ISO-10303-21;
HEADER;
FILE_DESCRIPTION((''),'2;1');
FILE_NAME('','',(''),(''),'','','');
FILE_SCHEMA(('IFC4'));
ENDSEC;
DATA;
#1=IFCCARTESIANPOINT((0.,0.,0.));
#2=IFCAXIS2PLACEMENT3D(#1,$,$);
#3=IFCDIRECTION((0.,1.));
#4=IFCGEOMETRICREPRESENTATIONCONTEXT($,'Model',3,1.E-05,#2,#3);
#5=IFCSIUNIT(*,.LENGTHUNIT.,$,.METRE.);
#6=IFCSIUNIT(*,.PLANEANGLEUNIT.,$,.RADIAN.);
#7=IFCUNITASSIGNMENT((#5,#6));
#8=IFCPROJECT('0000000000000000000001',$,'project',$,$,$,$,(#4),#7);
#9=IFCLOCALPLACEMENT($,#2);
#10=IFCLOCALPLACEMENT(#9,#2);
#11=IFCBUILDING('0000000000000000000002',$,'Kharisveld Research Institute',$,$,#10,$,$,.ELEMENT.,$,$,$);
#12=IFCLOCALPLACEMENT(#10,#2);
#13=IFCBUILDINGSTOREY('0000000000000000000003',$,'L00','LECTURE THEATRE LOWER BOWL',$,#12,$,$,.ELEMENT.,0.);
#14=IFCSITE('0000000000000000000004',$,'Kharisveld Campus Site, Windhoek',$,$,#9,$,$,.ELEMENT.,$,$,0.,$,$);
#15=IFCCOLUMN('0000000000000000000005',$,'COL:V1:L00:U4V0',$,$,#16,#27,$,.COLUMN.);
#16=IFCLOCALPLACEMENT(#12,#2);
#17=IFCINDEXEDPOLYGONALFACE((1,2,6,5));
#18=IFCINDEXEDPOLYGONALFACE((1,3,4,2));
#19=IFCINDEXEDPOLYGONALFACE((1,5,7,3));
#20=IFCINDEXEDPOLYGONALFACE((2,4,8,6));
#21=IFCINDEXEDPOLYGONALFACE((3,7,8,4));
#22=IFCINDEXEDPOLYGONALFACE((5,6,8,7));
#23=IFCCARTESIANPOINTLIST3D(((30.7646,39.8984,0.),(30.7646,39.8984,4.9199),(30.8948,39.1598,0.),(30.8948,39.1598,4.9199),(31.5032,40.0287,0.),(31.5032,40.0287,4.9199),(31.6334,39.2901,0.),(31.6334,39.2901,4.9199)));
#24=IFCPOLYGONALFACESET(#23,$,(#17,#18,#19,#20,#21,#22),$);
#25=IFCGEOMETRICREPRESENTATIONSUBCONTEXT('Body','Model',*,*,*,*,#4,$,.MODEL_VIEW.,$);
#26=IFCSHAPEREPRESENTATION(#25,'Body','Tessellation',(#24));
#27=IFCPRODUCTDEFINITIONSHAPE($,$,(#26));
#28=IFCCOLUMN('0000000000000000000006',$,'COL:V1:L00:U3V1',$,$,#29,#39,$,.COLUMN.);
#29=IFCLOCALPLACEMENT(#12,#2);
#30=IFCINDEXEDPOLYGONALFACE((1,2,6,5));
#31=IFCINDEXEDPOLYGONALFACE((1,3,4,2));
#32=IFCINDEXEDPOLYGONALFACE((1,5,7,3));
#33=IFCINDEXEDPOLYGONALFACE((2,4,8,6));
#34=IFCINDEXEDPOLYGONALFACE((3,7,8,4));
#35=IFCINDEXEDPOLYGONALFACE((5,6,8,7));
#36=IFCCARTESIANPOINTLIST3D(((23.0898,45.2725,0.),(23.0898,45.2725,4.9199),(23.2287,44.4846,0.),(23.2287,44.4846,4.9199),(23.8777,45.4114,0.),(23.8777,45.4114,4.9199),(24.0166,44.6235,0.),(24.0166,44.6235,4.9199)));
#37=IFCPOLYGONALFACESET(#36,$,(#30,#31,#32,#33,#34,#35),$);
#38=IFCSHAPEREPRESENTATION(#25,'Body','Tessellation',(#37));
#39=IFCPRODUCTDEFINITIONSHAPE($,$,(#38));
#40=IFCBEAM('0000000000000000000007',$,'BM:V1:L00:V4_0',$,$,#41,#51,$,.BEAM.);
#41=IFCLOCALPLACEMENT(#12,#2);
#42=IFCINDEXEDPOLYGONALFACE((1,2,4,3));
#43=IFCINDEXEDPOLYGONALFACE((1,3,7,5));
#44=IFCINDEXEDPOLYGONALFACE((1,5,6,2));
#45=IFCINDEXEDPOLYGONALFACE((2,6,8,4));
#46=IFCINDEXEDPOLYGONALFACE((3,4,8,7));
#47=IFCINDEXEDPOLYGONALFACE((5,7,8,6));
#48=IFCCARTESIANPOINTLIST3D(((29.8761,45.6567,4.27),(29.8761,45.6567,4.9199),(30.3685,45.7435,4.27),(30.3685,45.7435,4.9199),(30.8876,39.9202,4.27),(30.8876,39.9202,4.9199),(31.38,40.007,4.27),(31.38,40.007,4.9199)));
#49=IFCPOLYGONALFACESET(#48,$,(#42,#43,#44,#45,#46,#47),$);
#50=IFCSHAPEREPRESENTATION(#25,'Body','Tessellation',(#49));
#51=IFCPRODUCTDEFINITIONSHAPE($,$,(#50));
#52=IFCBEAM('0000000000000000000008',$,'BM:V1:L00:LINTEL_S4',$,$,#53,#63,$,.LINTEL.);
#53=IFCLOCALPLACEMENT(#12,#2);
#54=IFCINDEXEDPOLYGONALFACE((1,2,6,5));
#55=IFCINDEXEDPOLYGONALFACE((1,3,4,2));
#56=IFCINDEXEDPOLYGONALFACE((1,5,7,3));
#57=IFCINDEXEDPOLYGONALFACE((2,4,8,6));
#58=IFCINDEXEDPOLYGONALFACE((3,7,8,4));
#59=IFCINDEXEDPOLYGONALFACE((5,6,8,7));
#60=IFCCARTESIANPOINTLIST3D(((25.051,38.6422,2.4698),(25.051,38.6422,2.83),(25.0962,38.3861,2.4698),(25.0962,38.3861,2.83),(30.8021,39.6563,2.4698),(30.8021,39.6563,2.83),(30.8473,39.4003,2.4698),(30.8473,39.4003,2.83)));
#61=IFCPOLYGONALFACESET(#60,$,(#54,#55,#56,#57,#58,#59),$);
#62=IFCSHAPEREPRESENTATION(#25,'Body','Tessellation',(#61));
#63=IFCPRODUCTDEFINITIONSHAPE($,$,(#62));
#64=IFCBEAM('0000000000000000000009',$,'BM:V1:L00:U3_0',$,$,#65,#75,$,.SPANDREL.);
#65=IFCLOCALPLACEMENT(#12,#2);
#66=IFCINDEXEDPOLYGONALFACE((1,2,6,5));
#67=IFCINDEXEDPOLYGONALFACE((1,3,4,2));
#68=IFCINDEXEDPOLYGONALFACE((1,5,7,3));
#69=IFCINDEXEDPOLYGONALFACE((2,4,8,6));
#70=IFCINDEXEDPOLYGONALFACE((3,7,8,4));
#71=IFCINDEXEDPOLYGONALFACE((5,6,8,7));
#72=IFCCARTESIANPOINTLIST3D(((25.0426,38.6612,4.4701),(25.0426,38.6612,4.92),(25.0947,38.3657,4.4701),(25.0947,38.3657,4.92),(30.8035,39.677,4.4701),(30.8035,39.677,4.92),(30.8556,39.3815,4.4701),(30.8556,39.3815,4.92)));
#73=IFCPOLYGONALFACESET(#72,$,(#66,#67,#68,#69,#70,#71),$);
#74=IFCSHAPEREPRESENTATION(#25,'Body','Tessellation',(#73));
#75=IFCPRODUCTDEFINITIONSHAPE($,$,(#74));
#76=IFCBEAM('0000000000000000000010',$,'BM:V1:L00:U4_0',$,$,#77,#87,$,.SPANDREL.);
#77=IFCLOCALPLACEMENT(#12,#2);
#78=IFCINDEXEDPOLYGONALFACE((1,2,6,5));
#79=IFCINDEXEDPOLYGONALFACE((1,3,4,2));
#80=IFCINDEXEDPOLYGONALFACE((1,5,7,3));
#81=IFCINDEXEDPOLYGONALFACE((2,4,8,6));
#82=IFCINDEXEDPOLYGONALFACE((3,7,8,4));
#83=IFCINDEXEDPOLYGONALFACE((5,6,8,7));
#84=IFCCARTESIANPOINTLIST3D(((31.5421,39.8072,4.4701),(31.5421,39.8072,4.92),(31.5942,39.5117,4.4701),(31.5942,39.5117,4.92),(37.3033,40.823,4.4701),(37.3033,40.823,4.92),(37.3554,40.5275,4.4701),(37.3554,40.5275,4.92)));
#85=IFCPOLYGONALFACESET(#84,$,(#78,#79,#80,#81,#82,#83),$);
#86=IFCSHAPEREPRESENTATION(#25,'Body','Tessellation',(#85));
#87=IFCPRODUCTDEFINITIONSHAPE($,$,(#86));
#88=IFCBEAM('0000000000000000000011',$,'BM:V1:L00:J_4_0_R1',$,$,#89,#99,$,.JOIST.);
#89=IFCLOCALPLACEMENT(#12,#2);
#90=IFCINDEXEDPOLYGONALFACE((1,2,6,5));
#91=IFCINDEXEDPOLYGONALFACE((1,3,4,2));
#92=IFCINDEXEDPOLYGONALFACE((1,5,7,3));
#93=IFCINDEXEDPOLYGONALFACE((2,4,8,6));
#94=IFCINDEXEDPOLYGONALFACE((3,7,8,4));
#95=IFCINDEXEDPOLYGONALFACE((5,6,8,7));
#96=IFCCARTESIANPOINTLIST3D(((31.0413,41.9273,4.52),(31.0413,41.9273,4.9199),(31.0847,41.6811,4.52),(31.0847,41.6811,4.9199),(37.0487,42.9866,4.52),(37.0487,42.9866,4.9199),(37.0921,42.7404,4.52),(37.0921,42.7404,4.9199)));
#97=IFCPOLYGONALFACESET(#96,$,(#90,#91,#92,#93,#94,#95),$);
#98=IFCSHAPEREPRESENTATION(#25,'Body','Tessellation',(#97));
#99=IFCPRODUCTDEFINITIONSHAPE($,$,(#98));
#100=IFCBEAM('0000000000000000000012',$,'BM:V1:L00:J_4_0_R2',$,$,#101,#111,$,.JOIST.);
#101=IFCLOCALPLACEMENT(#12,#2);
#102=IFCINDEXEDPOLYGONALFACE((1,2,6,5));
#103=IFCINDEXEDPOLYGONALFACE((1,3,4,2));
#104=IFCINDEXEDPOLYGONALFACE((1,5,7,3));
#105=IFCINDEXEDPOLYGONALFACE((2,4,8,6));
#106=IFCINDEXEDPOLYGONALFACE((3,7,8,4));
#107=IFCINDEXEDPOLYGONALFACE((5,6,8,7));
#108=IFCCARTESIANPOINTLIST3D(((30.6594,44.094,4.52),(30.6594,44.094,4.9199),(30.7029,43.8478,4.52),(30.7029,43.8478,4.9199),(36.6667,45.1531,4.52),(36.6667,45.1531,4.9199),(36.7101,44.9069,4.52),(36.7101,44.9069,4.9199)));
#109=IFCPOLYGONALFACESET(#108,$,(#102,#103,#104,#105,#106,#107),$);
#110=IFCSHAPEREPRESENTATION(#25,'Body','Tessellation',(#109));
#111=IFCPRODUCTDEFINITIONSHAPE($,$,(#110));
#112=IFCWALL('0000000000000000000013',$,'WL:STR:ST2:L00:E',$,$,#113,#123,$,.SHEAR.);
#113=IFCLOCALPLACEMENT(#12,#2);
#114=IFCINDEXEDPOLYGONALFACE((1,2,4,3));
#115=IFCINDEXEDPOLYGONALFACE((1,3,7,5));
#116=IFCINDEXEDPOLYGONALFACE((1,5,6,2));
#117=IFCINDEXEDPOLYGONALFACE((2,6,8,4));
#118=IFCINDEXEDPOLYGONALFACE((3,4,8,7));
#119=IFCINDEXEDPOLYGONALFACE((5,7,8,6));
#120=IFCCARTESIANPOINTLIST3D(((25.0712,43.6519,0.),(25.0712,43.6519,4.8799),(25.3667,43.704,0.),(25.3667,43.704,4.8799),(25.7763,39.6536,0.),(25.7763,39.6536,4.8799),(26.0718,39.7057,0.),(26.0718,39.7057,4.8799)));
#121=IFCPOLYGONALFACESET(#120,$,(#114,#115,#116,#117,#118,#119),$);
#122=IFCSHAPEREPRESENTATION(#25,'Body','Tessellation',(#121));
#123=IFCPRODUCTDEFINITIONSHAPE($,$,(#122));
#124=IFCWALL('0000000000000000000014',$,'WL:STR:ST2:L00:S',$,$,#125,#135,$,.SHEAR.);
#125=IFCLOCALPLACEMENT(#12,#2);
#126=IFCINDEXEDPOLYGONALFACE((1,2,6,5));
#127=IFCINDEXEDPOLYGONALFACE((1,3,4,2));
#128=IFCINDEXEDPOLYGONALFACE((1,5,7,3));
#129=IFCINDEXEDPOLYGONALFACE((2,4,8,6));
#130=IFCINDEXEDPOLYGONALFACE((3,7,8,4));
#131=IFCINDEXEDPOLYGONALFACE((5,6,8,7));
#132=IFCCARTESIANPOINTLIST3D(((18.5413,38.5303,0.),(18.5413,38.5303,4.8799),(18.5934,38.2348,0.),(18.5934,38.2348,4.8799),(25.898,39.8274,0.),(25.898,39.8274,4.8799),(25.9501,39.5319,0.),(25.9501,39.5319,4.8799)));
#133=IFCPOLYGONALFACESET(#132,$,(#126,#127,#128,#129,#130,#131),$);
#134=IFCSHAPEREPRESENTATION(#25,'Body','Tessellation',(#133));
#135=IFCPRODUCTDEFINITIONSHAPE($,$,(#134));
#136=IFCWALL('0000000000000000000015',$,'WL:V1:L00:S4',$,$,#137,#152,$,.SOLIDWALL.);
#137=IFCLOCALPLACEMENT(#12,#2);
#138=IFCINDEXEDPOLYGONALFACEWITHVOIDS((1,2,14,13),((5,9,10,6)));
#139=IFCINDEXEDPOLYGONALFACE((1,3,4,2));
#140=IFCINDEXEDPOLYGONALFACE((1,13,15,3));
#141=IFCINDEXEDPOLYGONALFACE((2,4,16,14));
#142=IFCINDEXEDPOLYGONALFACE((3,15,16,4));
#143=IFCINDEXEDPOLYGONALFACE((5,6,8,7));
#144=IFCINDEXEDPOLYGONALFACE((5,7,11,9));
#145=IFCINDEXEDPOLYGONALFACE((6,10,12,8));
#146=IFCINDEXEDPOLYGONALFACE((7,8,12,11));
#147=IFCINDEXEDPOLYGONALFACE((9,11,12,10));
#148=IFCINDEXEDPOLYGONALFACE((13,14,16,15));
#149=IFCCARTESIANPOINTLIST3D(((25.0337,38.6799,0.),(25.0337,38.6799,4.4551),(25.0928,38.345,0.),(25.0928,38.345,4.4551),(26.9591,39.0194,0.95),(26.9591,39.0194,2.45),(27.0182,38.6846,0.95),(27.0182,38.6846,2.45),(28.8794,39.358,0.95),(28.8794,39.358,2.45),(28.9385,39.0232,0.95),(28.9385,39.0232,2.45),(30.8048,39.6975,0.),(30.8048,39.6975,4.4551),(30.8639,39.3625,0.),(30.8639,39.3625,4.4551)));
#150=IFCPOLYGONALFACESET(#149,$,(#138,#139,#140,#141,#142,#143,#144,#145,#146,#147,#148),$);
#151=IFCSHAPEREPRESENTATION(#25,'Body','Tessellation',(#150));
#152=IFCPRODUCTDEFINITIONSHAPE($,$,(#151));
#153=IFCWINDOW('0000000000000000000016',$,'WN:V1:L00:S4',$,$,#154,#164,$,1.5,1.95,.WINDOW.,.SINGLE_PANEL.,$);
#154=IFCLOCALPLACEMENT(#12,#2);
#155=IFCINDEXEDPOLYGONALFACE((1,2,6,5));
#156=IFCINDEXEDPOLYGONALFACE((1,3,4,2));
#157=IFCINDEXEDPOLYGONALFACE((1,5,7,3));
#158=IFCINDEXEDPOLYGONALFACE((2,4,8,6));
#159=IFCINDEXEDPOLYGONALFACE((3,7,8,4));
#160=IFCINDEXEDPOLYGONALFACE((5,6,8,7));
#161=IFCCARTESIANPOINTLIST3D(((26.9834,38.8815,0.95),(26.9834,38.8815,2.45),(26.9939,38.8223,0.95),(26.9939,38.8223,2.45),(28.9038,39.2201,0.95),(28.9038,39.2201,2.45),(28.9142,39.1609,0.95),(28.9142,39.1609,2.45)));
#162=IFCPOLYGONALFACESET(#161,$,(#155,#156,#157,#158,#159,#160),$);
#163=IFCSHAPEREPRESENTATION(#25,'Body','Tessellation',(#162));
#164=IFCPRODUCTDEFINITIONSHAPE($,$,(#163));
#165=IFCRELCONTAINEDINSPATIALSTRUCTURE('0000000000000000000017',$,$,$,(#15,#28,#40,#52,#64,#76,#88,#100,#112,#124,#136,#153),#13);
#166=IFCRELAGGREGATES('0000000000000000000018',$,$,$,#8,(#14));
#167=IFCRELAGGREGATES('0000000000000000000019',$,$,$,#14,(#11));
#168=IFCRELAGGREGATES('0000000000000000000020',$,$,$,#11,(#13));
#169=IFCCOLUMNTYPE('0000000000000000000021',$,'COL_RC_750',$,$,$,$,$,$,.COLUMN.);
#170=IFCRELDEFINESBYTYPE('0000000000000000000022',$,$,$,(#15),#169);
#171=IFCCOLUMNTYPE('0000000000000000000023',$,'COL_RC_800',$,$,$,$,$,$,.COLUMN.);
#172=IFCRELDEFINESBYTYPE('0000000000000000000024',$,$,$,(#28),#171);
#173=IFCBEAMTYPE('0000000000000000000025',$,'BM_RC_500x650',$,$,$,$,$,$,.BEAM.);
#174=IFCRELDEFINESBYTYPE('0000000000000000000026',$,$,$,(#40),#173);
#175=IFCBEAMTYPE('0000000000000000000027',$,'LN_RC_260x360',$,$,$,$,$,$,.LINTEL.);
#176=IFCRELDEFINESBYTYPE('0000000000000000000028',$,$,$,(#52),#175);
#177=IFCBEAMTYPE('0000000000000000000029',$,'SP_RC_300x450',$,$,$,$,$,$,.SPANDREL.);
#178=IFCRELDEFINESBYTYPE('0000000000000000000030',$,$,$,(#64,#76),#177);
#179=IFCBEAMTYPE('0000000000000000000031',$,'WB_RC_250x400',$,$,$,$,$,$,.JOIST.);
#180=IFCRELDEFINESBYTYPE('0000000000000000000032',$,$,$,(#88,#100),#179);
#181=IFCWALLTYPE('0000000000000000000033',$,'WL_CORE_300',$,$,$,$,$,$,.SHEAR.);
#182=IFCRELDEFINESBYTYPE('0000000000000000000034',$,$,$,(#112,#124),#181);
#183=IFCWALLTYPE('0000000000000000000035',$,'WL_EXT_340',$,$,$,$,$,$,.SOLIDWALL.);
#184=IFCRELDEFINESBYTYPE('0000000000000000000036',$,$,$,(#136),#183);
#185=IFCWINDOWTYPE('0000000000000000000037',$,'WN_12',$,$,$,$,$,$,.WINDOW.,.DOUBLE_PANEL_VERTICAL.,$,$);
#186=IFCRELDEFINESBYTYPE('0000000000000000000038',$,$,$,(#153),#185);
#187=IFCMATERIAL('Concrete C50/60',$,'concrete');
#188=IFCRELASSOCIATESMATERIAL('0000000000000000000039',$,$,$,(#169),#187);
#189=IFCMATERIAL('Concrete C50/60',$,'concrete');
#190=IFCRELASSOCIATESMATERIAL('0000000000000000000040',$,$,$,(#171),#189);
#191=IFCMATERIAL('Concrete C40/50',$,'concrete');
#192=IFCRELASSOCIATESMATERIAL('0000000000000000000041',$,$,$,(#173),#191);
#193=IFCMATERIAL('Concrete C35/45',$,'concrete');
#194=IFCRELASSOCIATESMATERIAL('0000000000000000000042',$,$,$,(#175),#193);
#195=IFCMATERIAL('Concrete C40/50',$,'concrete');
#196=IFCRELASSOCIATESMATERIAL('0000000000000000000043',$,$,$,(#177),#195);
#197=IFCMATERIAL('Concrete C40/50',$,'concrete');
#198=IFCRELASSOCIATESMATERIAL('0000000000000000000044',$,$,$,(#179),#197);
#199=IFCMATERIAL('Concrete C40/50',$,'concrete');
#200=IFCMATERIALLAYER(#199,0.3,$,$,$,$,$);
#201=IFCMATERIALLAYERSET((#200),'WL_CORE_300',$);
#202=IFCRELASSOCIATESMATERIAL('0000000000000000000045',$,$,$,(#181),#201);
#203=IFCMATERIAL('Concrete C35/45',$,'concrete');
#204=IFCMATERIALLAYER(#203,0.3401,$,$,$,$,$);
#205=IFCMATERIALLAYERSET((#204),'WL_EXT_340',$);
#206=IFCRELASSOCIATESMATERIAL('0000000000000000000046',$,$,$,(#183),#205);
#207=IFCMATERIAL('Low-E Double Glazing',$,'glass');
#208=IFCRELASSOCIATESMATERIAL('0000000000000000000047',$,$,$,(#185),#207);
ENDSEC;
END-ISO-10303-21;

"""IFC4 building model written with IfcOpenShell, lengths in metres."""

from ifc_helpers import new_model, si_unit, direction, frame, frame_2d, origin, origin_2d, place, context, subcontext, project, spatial, rectangle, extrude, material, layer, layer_set, material_profile, profile_set, type_object, element, fill, save


model = new_model("IFC4")

# Units and contexts
model_context = context("Model", 3, precision=1e-05, world=origin(), true_north=direction((0.0, 1.0)))
body_context = subcontext(model_context, "Body", "Model", "MODEL_VIEW")
ifc_project = project(units=[si_unit("LENGTHUNIT", "METRE"), si_unit("PLANEANGLEUNIT", "RADIAN")], contexts=[model_context])

# Site, building, storey
site_placement = place(None, origin())
site = spatial("IfcSite", under=ifc_project, at=site_placement, Name="Kharisveld Campus Site, Windhoek", CompositionType="ELEMENT", RefElevation=0.0)
building_placement = place(site_placement, origin())
building = spatial("IfcBuilding", under=site, at=building_placement, Name="Kharisveld Research Institute", CompositionType="ELEMENT")
storey_placement = place(building_placement, origin())
storey = spatial("IfcBuildingStorey", under=building, at=storey_placement, Name="L00", Description="LECTURE THEATRE LOWER BOWL", CompositionType="ELEMENT", Elevation=0.0)

# Columns
ifc_material_1 = material(Name="Concrete C50/60", Category="concrete")
ifc_material_profile_1 = material_profile(ifc_material_1, rectangle(XDim=0.75, YDim=0.75, at=origin_2d()))
ifc_profile_set_1 = profile_set([ifc_material_profile_1], Name="Concrete C50/60")
column_type_1 = type_object("IfcColumnType", Name="COL_RC_750", PredefinedType="COLUMN", material=ifc_profile_set_1)
column_1_placement = place(storey_placement, frame((31.199, 39.5942, 0.0), z_axis=(0.0, 0.0, 1.0), x_axis=(0.984808, 0.173648, 0.0)))
element("IfcColumn", 1, at=column_1_placement, inside=storey, type_object=column_type_1, Name="COL:V1:L00:U4V0", PredefinedType="COLUMN", context=body_context, shape_type="SweptSolid", body=[
    extrude(rectangle(XDim=0.75, YDim=0.75, at=origin_2d()), origin(), (0.0, 0.0, 1.0), 4.9199),
])
ifc_material_2 = material(Name="Concrete C50/60", Category="concrete")
ifc_material_profile_2 = material_profile(ifc_material_2, rectangle(XDim=0.8, YDim=0.8, at=origin_2d()))
ifc_profile_set_2 = profile_set([ifc_material_profile_2], Name="Concrete C50/60")
column_type_2 = type_object("IfcColumnType", Name="COL_RC_800", PredefinedType="COLUMN", material=ifc_profile_set_2)
column_2_placement = place(storey_placement, frame((23.5532, 44.948, 0.0), z_axis=(0.0, 0.0, 1.0), x_axis=(0.984808, 0.173648, 0.0)))
element("IfcColumn", 2, at=column_2_placement, inside=storey, type_object=column_type_2, Name="COL:V1:L00:U3V1", PredefinedType="COLUMN", context=body_context, shape_type="SweptSolid", body=[
    extrude(rectangle(XDim=0.8, YDim=0.8, at=origin_2d()), origin(), (0.0, 0.0, 1.0), 4.9199),
])

# Beams
ifc_material_3 = material(Name="Concrete C40/50", Category="concrete")
ifc_material_profile_3 = material_profile(ifc_material_3, rectangle(XDim=0.5, YDim=0.6499, at=origin_2d()))
ifc_profile_set_3 = profile_set([ifc_material_profile_3], Name="Concrete C40/50")
beam_type_1 = type_object("IfcBeamType", Name="BM_RC_500x650", PredefinedType="BEAM", material=ifc_profile_set_3)
beam_1_placement = place(storey_placement, frame((31.1338, 39.9636, 4.595), z_axis=(-0.173642, 0.984809, 0.0), x_axis=(-0.984809, -0.173642, 0.0)))
element("IfcBeam", 3, at=beam_1_placement, inside=storey, type_object=beam_type_1, Name="BM:V1:L00:V4_0", PredefinedType="BEAM", context=body_context, shape_type="SweptSolid", body=[
    extrude(rectangle(XDim=0.5, YDim=0.6499, at=origin_2d()), origin(), (0.0, 0.0, 1.0), 5.825),
])
ifc_material_4 = material(Name="Concrete C35/45", Category="concrete")
ifc_material_profile_4 = material_profile(ifc_material_4, rectangle(XDim=0.26, YDim=0.3601, at=origin_2d()))
ifc_profile_set_4 = profile_set([ifc_material_profile_4], Name="Concrete C35/45")
beam_type_2 = type_object("IfcBeamType", Name="LN_RC_260x360", PredefinedType="LINTEL", material=ifc_profile_set_4)
beam_2_placement = place(storey_placement, frame((30.8247, 39.5283, 2.6499), z_axis=(-0.984806, -0.173659, 0.0), x_axis=(0.173659, -0.984806, 0.0)))
element("IfcBeam", 4, at=beam_2_placement, inside=storey, type_object=beam_type_2, Name="BM:V1:L00:LINTEL_S4", PredefinedType="LINTEL", context=body_context, shape_type="SweptSolid", body=[
    extrude(rectangle(XDim=0.26, YDim=0.3601, at=origin_2d()), origin(), (0.0, 0.0, 1.0), 5.8398),
])
ifc_material_5 = material(Name="Concrete C40/50", Category="concrete")
ifc_material_profile_5 = material_profile(ifc_material_5, rectangle(XDim=0.3, YDim=0.45, at=origin_2d()))
ifc_profile_set_5 = profile_set([ifc_material_profile_5], Name="Concrete C40/50")
beam_type_3 = type_object("IfcBeamType", Name="SP_RC_300x450", PredefinedType="SPANDREL", material=ifc_profile_set_5)
beam_3_placement = place(storey_placement, frame((25.0686, 38.5134, 4.6951), z_axis=(0.984806, 0.173657, 0.0), x_axis=(-0.173657, 0.984806, 0.0)))
element("IfcBeam", 5, at=beam_3_placement, inside=storey, type_object=beam_type_3, Name="BM:V1:L00:U3_0", PredefinedType="SPANDREL", context=body_context, shape_type="SweptSolid", body=[
    extrude(rectangle(XDim=0.3, YDim=0.45, at=origin_2d()), origin(), (0.0, 0.0, 1.0), 5.8499),
])
beam_4_placement = place(storey_placement, frame((31.5681, 39.6594, 4.6951), z_axis=(0.984807, 0.17365, 0.0), x_axis=(-0.17365, 0.984807, 0.0)))
element("IfcBeam", 6, at=beam_4_placement, inside=storey, type_object=beam_type_3, Name="BM:V1:L00:U4_0", PredefinedType="SPANDREL", context=body_context, shape_type="SweptSolid", body=[
    extrude(rectangle(XDim=0.3, YDim=0.45, at=origin_2d()), origin(), (0.0, 0.0, 1.0), 5.8501),
])
ifc_material_6 = material(Name="Concrete C40/50", Category="concrete")
ifc_material_profile_6 = material_profile(ifc_material_6, rectangle(XDim=0.25, YDim=0.3999, at=origin_2d()))
ifc_profile_set_6 = profile_set([ifc_material_profile_6], Name="Concrete C40/50")
beam_type_4 = type_object("IfcBeamType", Name="WB_RC_250x400", PredefinedType="JOIST", material=ifc_profile_set_6)
beam_5_placement = place(storey_placement, frame((31.063, 41.8042, 4.72), z_axis=(0.984806, 0.17366, 0.0), x_axis=(-0.17366, 0.984806, 0.0)))
element("IfcBeam", 7, at=beam_5_placement, inside=storey, type_object=beam_type_4, Name="BM:V1:L00:J_4_0_R1", PredefinedType="JOIST", context=body_context, shape_type="SweptSolid", body=[
    extrude(rectangle(XDim=0.25, YDim=0.3999, at=origin_2d()), origin(), (0.0, 0.0, 1.0), 6.1001),
])
beam_6_placement = place(storey_placement, frame((30.6812, 43.9709, 4.72), z_axis=(0.984813, 0.173621, 0.0), x_axis=(-0.173621, 0.984813, 0.0)))
element("IfcBeam", 8, at=beam_6_placement, inside=storey, type_object=beam_type_4, Name="BM:V1:L00:J_4_0_R2", PredefinedType="JOIST", context=body_context, shape_type="SweptSolid", body=[
    extrude(rectangle(XDim=0.25, YDim=0.3999, at=origin_2d()), origin(), (0.0, 0.0, 1.0), 6.0999),
])

# Shared definitions
ifc_material_7 = material(Name="Concrete C40/50", Category="concrete")
ifc_layer_1 = layer(ifc_material_7, 0.3)
ifc_layer_set_1 = layer_set([ifc_layer_1], Name="WL_CORE_300")
wall_type_1 = type_object("IfcWallType", Name="WL_CORE_300", PredefinedType="SHEAR", material=ifc_layer_set_1)

# Walls
wall_1_placement = place(storey_placement, frame((25.219, 43.678, 0.0), z_axis=(0.0, 0.0, 1.0), x_axis=(0.173665, -0.984805, 0.0)))
element("IfcWall", 9, at=wall_1_placement, inside=storey, type_object=wall_type_1, Name="WL:STR:ST2:L00:E", PredefinedType="SHEAR", context=body_context, shape_type="SweptSolid", body=[
    extrude(rectangle(XDim=4.0601, YDim=0.3, at=frame_2d((2.03, 0.0))), origin(), (0.0, 0.0, 1.0), 4.8799),
])
wall_2_placement = place(storey_placement, frame((25.9241, 39.6797, 0.0), z_axis=(0.0, 0.0, 1.0), x_axis=(-0.984809, -0.17364, 0.0)))
element("IfcWall", 10, at=wall_2_placement, inside=storey, type_object=wall_type_1, Name="WL:STR:ST2:L00:S", PredefinedType="SHEAR", context=body_context, shape_type="SweptSolid", body=[
    extrude(rectangle(XDim=7.4702, YDim=0.3, at=frame_2d((3.7351, 0.0))), origin(), (0.0, 0.0, 1.0), 4.8799),
])

# Wall, opening, window
ifc_material_8 = material(Name="Concrete C35/45", Category="concrete")
ifc_layer_2 = layer(ifc_material_8, 0.3401)
ifc_layer_set_2 = layer_set([ifc_layer_2], Name="WL_EXT_340")
wall_type_2 = type_object("IfcWallType", Name="WL_EXT_340", PredefinedType="SOLIDWALL", material=ifc_layer_set_2)
wall_3_placement = place(storey_placement, frame((30.8345, 39.53, 0.0), z_axis=(0.0, 0.0, 1.0), x_axis=(-0.984808, -0.173647, 0.0)))
wall_3 = element("IfcWall", 11, at=wall_3_placement, inside=storey, type_object=wall_type_2, Name="WL:V1:L00:S4", PredefinedType="SOLIDWALL", context=body_context, shape_type="SweptSolid", body=[
    extrude(rectangle(XDim=5.8601, YDim=0.3401, at=frame_2d((2.9302, 0.0))), origin(), (0.0, 0.0, 1.0), 4.4551),
])
opening_1_placement = place(wall_3_placement, frame((1.9551, 0.0, 0.95)))
opening_1 = element("IfcOpeningElement", 12, at=opening_1_placement, cuts=wall_3, PredefinedType="OPENING", context=body_context, shape_type="SweptSolid", body=[
    extrude(rectangle(XDim=1.95, YDim=1.5, at=frame_2d((0.9751, 0.75))), frame((0.0, 0.1699, 0.0), z_axis=(0.0, -1.0, 0.0), x_axis=(1.0, 0.0, 0.0)), (0.0, 0.0, 1.0), 0.3401),
])
ifc_material_9 = material(Name="Low-E Double Glazing", Category="glass")
window_type = type_object("IfcWindowType", Name="WN_12", PartitioningType="DOUBLE_PANEL_VERTICAL", PredefinedType="WINDOW", material=ifc_material_9)
window_placement = place(opening_1_placement, origin())
window = element("IfcWindow", 13, at=window_placement, inside=storey, type_object=window_type, Name="WN:V1:L00:S4", OverallHeight=1.5, OverallWidth=1.95, PartitioningType="SINGLE_PANEL", PredefinedType="WINDOW", context=body_context, shape_type="SweptSolid", body=[
    extrude(rectangle(XDim=1.95, YDim=1.5, at=frame_2d((0.9751, 0.75))), frame((0.0, 0.03, 0.0), z_axis=(0.0, -1.0, 0.0), x_axis=(1.0, 0.0, 0.0)), (0.0, 0.0, 1.0), 0.0601),
])
fill(opening_1, window)

save(model, "model.ifc")
